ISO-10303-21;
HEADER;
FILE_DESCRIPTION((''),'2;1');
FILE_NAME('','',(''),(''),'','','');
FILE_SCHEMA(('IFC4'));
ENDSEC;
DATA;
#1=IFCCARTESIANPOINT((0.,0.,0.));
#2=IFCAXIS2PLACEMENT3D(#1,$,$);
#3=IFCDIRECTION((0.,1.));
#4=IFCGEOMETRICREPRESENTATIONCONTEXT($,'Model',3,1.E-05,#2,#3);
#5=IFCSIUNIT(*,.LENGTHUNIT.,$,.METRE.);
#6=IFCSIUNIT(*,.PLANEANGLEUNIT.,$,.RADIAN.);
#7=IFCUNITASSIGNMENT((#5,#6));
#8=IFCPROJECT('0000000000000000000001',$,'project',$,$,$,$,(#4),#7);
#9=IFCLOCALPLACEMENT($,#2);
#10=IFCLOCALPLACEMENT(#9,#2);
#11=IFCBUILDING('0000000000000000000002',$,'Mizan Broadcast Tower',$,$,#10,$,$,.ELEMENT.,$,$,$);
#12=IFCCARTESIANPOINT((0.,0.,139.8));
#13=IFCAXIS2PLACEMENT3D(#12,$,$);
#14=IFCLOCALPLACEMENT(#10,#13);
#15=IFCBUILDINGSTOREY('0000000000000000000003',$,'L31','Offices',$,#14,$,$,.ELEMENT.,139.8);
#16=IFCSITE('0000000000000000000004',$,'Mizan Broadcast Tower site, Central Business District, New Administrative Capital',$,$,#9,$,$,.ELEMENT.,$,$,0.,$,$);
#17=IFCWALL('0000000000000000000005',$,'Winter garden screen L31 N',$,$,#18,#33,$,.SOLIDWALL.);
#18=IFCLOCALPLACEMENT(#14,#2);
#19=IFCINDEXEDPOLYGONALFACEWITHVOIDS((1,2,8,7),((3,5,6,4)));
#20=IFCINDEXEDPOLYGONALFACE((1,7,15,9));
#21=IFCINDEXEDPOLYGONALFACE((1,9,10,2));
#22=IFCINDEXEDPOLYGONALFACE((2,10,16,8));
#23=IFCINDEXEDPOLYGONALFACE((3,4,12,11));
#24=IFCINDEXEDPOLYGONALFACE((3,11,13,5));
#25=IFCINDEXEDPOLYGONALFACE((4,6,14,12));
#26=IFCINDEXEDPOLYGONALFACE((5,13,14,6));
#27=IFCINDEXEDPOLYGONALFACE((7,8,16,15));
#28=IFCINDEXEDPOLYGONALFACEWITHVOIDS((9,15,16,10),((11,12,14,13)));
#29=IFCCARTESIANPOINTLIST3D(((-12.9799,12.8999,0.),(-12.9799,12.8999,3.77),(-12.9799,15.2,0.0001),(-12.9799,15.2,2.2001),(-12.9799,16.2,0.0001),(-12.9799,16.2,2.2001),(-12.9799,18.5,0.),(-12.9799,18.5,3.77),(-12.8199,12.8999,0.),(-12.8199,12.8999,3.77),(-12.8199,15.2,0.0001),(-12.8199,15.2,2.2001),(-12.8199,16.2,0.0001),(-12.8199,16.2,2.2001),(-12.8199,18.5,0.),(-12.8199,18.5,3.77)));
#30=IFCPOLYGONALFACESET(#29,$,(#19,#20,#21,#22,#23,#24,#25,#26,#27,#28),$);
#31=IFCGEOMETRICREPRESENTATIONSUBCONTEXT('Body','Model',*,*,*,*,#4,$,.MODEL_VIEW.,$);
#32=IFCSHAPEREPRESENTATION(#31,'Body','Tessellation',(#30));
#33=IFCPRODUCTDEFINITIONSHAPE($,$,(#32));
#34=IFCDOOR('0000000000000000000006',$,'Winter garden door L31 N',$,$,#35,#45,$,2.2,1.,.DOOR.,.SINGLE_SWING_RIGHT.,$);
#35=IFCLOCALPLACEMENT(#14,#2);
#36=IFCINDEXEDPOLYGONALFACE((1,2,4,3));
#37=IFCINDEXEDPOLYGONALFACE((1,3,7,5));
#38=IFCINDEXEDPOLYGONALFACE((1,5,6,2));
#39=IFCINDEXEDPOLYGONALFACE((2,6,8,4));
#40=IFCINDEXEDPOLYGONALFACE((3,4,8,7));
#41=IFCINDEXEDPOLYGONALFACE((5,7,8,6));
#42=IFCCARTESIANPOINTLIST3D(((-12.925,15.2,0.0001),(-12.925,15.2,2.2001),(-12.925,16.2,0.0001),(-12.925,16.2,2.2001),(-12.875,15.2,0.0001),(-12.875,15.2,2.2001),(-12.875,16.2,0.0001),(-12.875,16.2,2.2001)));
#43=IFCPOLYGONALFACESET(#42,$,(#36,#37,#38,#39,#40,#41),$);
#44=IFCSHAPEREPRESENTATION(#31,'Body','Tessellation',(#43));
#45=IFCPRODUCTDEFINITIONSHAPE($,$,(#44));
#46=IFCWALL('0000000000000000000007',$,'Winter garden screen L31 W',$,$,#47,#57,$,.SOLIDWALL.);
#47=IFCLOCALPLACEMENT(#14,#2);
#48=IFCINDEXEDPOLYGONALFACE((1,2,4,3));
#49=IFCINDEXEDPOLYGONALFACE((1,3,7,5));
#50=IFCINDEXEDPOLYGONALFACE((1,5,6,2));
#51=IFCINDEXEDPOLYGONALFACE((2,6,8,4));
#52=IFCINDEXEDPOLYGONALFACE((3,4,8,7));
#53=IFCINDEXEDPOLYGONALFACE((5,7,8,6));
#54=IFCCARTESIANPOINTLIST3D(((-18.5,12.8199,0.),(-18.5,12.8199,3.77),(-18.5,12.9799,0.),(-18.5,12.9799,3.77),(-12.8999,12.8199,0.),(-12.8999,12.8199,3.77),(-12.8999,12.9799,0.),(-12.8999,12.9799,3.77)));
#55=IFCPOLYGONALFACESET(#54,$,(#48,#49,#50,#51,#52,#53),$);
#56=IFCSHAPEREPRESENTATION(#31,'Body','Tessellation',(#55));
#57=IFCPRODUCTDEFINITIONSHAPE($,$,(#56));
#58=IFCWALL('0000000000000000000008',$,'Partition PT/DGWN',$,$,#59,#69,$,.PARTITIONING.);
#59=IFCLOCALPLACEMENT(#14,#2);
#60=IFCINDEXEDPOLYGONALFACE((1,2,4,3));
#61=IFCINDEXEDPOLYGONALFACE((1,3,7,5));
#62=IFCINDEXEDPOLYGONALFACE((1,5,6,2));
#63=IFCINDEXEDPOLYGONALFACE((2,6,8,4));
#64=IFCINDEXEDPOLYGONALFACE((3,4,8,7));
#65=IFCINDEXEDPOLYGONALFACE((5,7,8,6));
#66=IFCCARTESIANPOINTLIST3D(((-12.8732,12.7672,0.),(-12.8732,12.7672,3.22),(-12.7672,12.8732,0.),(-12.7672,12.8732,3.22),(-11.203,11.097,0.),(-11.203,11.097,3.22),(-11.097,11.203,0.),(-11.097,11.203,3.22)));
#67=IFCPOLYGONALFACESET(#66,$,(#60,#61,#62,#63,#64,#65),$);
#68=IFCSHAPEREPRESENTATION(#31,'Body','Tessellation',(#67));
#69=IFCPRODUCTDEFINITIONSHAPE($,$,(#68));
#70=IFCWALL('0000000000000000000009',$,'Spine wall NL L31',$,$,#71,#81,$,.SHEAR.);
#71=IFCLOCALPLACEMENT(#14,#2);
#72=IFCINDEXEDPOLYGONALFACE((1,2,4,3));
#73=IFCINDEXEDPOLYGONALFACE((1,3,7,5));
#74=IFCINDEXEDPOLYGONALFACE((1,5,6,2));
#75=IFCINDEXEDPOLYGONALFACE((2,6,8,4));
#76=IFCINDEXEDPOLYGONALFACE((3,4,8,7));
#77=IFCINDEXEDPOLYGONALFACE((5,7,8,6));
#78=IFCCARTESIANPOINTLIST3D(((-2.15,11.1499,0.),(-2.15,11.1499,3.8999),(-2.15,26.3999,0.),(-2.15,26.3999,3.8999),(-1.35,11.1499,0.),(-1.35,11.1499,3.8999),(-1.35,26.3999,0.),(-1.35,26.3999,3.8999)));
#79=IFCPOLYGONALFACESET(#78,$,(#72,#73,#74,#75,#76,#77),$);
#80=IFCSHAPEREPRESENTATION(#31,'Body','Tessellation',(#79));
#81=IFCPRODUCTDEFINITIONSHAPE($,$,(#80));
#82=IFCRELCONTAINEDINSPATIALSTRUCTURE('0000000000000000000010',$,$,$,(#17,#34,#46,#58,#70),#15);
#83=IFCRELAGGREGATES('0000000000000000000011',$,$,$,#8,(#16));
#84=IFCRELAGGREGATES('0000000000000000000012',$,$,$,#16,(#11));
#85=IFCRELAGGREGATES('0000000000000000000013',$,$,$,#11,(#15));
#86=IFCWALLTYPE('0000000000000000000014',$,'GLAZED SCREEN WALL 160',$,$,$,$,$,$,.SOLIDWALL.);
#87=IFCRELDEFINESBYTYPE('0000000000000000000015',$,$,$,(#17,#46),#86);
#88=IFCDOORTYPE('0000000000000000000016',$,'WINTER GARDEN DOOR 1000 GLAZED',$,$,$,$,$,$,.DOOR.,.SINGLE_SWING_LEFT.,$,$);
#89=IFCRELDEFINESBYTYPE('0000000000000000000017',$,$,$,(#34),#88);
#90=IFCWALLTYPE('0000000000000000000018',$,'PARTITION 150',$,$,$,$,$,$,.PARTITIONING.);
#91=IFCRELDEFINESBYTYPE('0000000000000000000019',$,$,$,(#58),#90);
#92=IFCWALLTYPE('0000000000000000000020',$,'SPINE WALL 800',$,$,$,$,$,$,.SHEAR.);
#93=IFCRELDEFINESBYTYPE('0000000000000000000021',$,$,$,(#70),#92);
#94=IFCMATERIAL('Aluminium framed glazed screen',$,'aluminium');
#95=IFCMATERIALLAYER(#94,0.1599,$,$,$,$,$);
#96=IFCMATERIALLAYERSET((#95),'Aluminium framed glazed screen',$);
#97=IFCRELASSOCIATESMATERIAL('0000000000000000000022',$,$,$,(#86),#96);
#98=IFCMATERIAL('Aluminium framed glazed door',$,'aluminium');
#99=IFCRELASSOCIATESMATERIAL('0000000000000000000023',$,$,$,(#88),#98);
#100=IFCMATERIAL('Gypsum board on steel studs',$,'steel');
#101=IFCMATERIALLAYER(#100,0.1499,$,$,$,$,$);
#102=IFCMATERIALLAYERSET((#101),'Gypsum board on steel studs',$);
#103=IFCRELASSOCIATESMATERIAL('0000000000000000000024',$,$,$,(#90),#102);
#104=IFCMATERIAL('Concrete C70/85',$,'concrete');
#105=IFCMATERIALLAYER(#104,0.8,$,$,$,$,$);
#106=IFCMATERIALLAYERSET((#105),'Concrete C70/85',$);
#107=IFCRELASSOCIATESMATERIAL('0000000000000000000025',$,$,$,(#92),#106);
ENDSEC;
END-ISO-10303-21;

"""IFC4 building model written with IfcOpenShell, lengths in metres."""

from ifc_helpers import new_model, si_unit, direction, frame, frame_2d, origin, place, context, subcontext, project, spatial, rectangle, extrude, material, layer, layer_set, type_object, element, fill, save


model = new_model("IFC4")

# Units and contexts
model_context = context("Model", 3, precision=1e-05, world=origin(), true_north=direction((0.0, 1.0)))
body_context = subcontext(model_context, "Body", "Model", "MODEL_VIEW")
ifc_project = project(units=[si_unit("LENGTHUNIT", "METRE"), si_unit("PLANEANGLEUNIT", "RADIAN")], contexts=[model_context])

# Site, building, storey
site_placement = place(None, origin())
site = spatial("IfcSite", under=ifc_project, at=site_placement, Name="Mizan Broadcast Tower site, Central Business District, New Administrative Capital", CompositionType="ELEMENT", RefElevation=0.0)
building_placement = place(site_placement, origin())
building = spatial("IfcBuilding", under=site, at=building_placement, Name="Mizan Broadcast Tower", CompositionType="ELEMENT")
storey_placement = place(building_placement, frame((0.0, 0.0, 139.8)))
storey = spatial("IfcBuildingStorey", under=building, at=storey_placement, Name="L31", Description="Offices", CompositionType="ELEMENT", Elevation=139.8)

# Wall, opening, door
ifc_material_1 = material(Name="Aluminium framed glazed screen", Category="aluminium")
ifc_layer_1 = layer(ifc_material_1, 0.1599)
ifc_layer_set_1 = layer_set([ifc_layer_1], Name="Aluminium framed glazed screen")
wall_type_1 = type_object("IfcWallType", Name="GLAZED SCREEN WALL 160", PredefinedType="SOLIDWALL", material=ifc_layer_set_1)
wall_1_placement = place(storey_placement, frame((-12.8999, 18.5, 0.0), z_axis=(0.0, 0.0, 1.0), x_axis=(0.0, -1.0, 0.0)))
wall_1 = element("IfcWall", 1, at=wall_1_placement, inside=storey, type_object=wall_type_1, Name="Winter garden screen L31 N", PredefinedType="SOLIDWALL", context=body_context, shape_type="SweptSolid", body=[
    extrude(rectangle(XDim=5.6001, YDim=0.1599, at=frame_2d((2.8, 0.0))), origin(), (0.0, 0.0, 1.0), 3.77),
])
opening_1_placement = place(wall_1_placement, frame((2.3, 0.0, 0.0)))
opening_1 = element("IfcOpeningElement", 2, at=opening_1_placement, cuts=wall_1, PredefinedType="OPENING", context=body_context, shape_type="SweptSolid", body=[
    extrude(rectangle(XDim=1.0, YDim=2.2, at=frame_2d((0.5, 1.1001))), frame((0.0, 0.0898, 0.0), z_axis=(0.0, -1.0, 0.0), x_axis=(1.0, 0.0, 0.0)), (0.0, 0.0, 1.0), 0.1799),
])
ifc_material_2 = material(Name="Aluminium framed glazed door", Category="aluminium")
door_type_1 = type_object("IfcDoorType", Name="WINTER GARDEN DOOR 1000 GLAZED", OperationType="SINGLE_SWING_LEFT", PredefinedType="DOOR", material=ifc_material_2)
door_1_placement = place(opening_1_placement, origin())
door_1 = element("IfcDoor", 3, at=door_1_placement, inside=storey, type_object=door_type_1, Name="Winter garden door L31 N", OperationType="SINGLE_SWING_RIGHT", OverallHeight=2.2, OverallWidth=1.0, PredefinedType="DOOR", context=body_context, shape_type="SweptSolid", body=[
    extrude(rectangle(XDim=1.0, YDim=2.2, at=frame_2d((0.5, 1.1001))), frame((0.0, 0.0249, 0.0), z_axis=(0.0, -1.0, 0.0), x_axis=(1.0, 0.0, 0.0)), (0.0, 0.0, 1.0), 0.05),
])
fill(opening_1, door_1)

# Walls
wall_2_placement = place(storey_placement, frame((-12.8999, 12.8999, 0.0), z_axis=(0.0, 0.0, 1.0), x_axis=(-1.0, 0.0, 0.0)))
element("IfcWall", 4, at=wall_2_placement, inside=storey, type_object=wall_type_1, Name="Winter garden screen L31 W", PredefinedType="SOLIDWALL", context=body_context, shape_type="SweptSolid", body=[
    extrude(rectangle(XDim=5.6001, YDim=0.1599, at=frame_2d((2.8, 0.0))), origin(), (0.0, 0.0, 1.0), 3.77),
])
ifc_material_3 = material(Name="Gypsum board on steel studs", Category="steel")
ifc_layer_2 = layer(ifc_material_3, 0.1499)
ifc_layer_set_2 = layer_set([ifc_layer_2], Name="Gypsum board on steel studs")
wall_type_2 = type_object("IfcWallType", Name="PARTITION 150", PredefinedType="PARTITIONING", material=ifc_layer_set_2)
wall_3_placement = place(storey_placement, frame((-11.1499, 11.1499, 0.0), z_axis=(0.0, 0.0, 1.0), x_axis=(-0.707107, 0.707107, 0.0)))
element("IfcWall", 5, at=wall_3_placement, inside=storey, type_object=wall_type_2, Name="Partition PT/DGWN", PredefinedType="PARTITIONING", context=body_context, shape_type="SweptSolid", body=[
    extrude(rectangle(XDim=2.3621, YDim=0.1499, at=frame_2d((1.1812, 0.0))), origin(), (0.0, 0.0, 1.0), 3.22),
])
ifc_material_4 = material(Name="Concrete C70/85", Category="concrete")
ifc_layer_3 = layer(ifc_material_4, 0.8)
ifc_layer_set_3 = layer_set([ifc_layer_3], Name="Concrete C70/85")
wall_type_3 = type_object("IfcWallType", Name="SPINE WALL 800", PredefinedType="SHEAR", material=ifc_layer_set_3)
wall_4_placement = place(storey_placement, frame((-1.75, 11.1499, 0.0), z_axis=(0.0, 0.0, 1.0), x_axis=(0.0, 1.0, 0.0)))
element("IfcWall", 6, at=wall_4_placement, inside=storey, type_object=wall_type_3, Name="Spine wall NL L31", PredefinedType="SHEAR", context=body_context, shape_type="SweptSolid", body=[
    extrude(rectangle(XDim=15.25, YDim=0.8, at=frame_2d((7.625, 0.0))), origin(), (0.0, 0.0, 1.0), 3.8999),
])

save(model, "model.ifc")
